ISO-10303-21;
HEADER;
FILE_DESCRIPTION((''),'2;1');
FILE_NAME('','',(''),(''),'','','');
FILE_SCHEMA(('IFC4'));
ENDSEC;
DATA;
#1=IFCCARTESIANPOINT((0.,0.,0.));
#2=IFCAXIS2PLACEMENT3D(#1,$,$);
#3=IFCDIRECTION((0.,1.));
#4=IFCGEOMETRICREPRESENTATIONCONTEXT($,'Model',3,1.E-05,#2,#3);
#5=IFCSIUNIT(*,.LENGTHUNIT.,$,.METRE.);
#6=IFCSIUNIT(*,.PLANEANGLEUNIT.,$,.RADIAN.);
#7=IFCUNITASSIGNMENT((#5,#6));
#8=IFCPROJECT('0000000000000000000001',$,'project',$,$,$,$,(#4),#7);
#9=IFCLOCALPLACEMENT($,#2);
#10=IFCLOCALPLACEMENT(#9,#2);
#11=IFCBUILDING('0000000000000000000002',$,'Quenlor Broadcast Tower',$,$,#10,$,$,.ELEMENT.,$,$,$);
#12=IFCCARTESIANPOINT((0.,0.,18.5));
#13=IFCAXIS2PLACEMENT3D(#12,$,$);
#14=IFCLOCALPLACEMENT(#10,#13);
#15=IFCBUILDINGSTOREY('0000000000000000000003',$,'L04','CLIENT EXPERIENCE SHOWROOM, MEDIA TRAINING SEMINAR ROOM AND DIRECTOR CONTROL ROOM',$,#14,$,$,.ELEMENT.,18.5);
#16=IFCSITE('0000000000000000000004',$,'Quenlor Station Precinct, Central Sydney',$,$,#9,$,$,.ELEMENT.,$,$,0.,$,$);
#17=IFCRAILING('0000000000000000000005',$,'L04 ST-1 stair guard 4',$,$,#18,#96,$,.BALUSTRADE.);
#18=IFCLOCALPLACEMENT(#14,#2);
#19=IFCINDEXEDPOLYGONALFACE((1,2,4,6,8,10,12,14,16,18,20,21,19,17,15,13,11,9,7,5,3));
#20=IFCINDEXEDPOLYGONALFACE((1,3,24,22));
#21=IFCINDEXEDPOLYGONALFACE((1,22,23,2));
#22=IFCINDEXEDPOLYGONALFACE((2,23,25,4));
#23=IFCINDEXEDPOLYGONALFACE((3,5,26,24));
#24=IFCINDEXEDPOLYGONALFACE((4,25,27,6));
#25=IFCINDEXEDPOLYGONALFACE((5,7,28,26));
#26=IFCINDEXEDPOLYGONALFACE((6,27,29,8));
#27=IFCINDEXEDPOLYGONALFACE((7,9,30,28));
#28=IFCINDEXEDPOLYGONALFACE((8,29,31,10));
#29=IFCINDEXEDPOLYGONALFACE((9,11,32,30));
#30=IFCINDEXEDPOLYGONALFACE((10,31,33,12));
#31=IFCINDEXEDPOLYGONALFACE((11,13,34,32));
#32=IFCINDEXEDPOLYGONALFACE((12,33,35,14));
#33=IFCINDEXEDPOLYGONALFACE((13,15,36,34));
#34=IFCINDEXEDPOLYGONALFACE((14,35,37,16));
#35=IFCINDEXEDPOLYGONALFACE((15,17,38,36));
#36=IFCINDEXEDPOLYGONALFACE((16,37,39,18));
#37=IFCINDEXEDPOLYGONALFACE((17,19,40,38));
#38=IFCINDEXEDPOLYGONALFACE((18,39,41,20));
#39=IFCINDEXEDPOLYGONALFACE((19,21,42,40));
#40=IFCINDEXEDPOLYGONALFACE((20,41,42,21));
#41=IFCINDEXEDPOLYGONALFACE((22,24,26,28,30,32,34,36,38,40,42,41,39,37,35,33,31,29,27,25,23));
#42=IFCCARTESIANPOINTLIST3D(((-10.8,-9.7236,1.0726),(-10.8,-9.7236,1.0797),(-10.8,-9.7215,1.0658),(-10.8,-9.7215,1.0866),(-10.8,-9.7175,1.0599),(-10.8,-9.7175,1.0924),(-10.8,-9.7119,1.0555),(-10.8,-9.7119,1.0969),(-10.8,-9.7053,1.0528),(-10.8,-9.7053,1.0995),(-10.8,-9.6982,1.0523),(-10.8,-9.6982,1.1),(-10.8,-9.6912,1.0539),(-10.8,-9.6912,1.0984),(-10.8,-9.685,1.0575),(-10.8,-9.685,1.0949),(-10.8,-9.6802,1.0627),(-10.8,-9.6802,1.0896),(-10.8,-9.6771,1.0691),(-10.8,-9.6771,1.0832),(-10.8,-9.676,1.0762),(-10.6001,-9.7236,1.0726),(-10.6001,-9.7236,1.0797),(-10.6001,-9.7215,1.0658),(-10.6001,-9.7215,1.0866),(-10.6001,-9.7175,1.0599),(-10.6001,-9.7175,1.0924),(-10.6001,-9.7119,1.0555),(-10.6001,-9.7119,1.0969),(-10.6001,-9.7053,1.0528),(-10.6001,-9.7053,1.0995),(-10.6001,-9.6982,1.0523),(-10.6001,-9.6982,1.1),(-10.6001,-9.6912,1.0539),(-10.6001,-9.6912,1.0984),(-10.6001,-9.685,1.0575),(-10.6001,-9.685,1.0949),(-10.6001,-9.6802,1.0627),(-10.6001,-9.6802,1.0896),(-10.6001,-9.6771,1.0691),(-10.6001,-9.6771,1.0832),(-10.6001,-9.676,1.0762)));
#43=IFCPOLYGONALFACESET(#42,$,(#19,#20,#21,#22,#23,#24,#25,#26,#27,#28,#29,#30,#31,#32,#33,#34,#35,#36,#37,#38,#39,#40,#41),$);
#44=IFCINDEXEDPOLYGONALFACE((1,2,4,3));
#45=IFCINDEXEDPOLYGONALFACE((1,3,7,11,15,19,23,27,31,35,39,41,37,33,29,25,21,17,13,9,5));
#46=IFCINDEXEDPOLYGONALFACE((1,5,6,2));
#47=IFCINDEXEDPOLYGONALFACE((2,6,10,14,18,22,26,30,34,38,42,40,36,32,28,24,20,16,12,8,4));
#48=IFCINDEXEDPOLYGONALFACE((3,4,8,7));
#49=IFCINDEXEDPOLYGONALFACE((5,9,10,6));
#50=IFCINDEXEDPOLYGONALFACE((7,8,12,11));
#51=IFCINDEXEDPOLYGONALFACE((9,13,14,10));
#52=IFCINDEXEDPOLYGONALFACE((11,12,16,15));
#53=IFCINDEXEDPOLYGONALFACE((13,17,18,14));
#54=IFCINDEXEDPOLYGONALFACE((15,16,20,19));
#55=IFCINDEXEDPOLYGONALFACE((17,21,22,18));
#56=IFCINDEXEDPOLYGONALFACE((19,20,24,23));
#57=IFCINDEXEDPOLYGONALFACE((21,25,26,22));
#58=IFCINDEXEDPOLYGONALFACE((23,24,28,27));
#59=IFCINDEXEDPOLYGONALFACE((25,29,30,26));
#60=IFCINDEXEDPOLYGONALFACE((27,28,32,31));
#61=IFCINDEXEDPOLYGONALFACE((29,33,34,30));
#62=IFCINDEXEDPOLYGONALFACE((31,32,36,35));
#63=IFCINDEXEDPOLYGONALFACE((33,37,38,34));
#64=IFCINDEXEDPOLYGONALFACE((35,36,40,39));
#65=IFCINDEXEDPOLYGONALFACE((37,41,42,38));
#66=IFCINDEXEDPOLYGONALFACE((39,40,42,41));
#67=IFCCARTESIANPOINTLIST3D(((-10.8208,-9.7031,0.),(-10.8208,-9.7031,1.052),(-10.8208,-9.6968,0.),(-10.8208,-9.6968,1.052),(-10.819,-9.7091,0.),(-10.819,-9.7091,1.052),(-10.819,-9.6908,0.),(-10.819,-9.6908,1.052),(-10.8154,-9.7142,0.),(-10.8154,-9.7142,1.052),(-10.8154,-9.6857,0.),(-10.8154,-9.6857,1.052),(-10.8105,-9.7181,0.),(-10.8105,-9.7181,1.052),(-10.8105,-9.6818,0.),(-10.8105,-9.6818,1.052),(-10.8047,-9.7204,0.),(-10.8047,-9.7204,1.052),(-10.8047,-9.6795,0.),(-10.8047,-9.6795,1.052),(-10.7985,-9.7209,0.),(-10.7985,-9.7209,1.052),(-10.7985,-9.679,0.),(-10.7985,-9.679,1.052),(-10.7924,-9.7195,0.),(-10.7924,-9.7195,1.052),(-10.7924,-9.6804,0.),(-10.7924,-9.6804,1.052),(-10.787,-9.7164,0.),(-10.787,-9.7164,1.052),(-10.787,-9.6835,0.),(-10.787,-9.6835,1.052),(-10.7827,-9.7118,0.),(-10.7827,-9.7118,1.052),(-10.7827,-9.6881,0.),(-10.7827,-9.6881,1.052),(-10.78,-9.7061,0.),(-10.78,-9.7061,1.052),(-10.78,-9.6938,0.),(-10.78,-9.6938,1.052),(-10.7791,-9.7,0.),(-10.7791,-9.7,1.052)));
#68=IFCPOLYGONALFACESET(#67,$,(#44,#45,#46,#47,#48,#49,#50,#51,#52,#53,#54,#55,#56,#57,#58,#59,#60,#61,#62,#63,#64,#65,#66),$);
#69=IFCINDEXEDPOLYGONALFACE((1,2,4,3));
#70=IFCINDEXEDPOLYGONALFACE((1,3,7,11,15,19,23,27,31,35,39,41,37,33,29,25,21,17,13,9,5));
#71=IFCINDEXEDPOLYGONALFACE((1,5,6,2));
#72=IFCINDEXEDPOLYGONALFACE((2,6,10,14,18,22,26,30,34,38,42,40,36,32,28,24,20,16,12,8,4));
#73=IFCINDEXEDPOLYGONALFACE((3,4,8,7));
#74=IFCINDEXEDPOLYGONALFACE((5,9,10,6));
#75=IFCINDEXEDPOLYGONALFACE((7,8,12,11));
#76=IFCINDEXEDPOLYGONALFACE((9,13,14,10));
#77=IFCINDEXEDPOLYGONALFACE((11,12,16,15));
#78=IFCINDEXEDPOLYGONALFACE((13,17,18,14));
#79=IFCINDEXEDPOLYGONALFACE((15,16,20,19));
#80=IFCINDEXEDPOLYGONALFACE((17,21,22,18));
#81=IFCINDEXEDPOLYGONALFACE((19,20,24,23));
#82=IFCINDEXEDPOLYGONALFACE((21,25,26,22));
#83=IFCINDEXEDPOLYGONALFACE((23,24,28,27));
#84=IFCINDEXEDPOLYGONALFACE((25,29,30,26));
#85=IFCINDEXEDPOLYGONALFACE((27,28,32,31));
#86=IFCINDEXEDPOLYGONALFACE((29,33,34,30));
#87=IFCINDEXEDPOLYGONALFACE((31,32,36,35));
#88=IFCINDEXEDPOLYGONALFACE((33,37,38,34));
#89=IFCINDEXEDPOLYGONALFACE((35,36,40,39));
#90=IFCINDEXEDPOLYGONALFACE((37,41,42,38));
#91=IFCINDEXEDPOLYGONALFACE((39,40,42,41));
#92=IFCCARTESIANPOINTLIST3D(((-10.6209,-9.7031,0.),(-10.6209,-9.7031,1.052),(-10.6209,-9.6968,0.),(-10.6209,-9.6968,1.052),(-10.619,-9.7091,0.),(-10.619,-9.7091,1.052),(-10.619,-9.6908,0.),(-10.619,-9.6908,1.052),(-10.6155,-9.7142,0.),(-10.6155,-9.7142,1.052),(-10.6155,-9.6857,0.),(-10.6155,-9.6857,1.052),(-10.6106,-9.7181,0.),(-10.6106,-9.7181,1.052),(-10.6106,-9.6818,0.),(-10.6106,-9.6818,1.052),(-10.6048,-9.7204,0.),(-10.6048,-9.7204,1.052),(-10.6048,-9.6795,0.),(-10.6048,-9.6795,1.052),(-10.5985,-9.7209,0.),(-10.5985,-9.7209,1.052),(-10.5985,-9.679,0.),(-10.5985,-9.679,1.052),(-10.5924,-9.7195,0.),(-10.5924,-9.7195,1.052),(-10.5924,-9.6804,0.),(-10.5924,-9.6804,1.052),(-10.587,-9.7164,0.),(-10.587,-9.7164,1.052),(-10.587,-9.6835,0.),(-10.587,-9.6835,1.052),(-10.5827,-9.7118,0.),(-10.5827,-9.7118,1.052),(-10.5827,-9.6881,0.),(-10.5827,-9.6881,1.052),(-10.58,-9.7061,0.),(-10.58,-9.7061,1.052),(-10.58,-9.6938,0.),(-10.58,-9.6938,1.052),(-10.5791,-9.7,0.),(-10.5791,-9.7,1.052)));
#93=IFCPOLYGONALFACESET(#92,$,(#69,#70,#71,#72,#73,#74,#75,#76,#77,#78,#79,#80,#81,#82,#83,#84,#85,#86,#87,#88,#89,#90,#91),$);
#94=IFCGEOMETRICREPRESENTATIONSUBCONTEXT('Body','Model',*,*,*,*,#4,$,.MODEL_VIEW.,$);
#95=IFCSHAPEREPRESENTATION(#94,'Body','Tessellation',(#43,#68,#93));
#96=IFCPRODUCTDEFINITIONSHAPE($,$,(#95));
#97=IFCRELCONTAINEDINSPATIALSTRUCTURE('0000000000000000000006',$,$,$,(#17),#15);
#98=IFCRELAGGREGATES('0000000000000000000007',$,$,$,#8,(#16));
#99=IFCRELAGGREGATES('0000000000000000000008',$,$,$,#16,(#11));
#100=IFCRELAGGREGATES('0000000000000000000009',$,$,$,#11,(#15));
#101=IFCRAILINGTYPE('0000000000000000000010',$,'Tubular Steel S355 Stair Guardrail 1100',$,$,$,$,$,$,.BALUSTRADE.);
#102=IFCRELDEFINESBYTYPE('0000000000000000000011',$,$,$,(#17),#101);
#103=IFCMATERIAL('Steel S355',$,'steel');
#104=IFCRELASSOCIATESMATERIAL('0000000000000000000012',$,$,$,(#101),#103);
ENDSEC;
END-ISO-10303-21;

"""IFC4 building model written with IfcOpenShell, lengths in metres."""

from ifc_helpers import new_model, si_unit, direction, frame, origin, origin_2d, place, context, subcontext, project, spatial, circle, extrude, material, type_object, element, save


model = new_model("IFC4")

# Units and contexts
model_context = context("Model", 3, precision=1e-05, world=origin(), true_north=direction((0.0, 1.0)))
body_context = subcontext(model_context, "Body", "Model", "MODEL_VIEW")
ifc_project = project(units=[si_unit("LENGTHUNIT", "METRE"), si_unit("PLANEANGLEUNIT", "RADIAN")], contexts=[model_context])

# Site, building, storey
site_placement = place(None, origin())
site = spatial("IfcSite", under=ifc_project, at=site_placement, Name="Quenlor Station Precinct, Central Sydney", CompositionType="ELEMENT", RefElevation=0.0)
building_placement = place(site_placement, origin())
building = spatial("IfcBuilding", under=site, at=building_placement, Name="Quenlor Broadcast Tower", CompositionType="ELEMENT")
storey_placement = place(building_placement, frame((0.0, 0.0, 18.5)))
storey = spatial("IfcBuildingStorey", under=building, at=storey_placement, Name="L04", Description="CLIENT EXPERIENCE SHOWROOM, MEDIA TRAINING SEMINAR ROOM AND DIRECTOR CONTROL ROOM", CompositionType="ELEMENT", Elevation=18.5)

# Railing
ifc_material_1 = material(Name="Steel S355", Category="steel")
railing_type_1 = type_object("IfcRailingType", Name="Tubular Steel S355 Stair Guardrail 1100", PredefinedType="BALUSTRADE", material=ifc_material_1)
railing_1_placement = place(storey_placement, frame((-10.8, -9.7, 0.0)))
element("IfcRailing", 1, at=railing_1_placement, inside=storey, type_object=railing_type_1, Name="L04 ST-1 stair guard 4", PredefinedType="BALUSTRADE", context=body_context, shape_type="SweptSolid", body=[
    extrude(circle(Radius=0.0239, at=origin_2d()), frame((0.0, 0.0, 1.0762), z_axis=(1.0, 0.0, 0.0), x_axis=(0.0, 1.0, 0.0)), (0.0, 0.0, 1.0), 0.2),
    extrude(circle(Radius=0.021, at=origin_2d()), origin(), (0.0, 0.0, 1.0), 1.052),
    extrude(circle(Radius=0.021, at=origin_2d()), frame((0.2, 0.0, 0.0)), (0.0, 0.0, 1.0), 1.052),
])

save(model, "model.ifc")
